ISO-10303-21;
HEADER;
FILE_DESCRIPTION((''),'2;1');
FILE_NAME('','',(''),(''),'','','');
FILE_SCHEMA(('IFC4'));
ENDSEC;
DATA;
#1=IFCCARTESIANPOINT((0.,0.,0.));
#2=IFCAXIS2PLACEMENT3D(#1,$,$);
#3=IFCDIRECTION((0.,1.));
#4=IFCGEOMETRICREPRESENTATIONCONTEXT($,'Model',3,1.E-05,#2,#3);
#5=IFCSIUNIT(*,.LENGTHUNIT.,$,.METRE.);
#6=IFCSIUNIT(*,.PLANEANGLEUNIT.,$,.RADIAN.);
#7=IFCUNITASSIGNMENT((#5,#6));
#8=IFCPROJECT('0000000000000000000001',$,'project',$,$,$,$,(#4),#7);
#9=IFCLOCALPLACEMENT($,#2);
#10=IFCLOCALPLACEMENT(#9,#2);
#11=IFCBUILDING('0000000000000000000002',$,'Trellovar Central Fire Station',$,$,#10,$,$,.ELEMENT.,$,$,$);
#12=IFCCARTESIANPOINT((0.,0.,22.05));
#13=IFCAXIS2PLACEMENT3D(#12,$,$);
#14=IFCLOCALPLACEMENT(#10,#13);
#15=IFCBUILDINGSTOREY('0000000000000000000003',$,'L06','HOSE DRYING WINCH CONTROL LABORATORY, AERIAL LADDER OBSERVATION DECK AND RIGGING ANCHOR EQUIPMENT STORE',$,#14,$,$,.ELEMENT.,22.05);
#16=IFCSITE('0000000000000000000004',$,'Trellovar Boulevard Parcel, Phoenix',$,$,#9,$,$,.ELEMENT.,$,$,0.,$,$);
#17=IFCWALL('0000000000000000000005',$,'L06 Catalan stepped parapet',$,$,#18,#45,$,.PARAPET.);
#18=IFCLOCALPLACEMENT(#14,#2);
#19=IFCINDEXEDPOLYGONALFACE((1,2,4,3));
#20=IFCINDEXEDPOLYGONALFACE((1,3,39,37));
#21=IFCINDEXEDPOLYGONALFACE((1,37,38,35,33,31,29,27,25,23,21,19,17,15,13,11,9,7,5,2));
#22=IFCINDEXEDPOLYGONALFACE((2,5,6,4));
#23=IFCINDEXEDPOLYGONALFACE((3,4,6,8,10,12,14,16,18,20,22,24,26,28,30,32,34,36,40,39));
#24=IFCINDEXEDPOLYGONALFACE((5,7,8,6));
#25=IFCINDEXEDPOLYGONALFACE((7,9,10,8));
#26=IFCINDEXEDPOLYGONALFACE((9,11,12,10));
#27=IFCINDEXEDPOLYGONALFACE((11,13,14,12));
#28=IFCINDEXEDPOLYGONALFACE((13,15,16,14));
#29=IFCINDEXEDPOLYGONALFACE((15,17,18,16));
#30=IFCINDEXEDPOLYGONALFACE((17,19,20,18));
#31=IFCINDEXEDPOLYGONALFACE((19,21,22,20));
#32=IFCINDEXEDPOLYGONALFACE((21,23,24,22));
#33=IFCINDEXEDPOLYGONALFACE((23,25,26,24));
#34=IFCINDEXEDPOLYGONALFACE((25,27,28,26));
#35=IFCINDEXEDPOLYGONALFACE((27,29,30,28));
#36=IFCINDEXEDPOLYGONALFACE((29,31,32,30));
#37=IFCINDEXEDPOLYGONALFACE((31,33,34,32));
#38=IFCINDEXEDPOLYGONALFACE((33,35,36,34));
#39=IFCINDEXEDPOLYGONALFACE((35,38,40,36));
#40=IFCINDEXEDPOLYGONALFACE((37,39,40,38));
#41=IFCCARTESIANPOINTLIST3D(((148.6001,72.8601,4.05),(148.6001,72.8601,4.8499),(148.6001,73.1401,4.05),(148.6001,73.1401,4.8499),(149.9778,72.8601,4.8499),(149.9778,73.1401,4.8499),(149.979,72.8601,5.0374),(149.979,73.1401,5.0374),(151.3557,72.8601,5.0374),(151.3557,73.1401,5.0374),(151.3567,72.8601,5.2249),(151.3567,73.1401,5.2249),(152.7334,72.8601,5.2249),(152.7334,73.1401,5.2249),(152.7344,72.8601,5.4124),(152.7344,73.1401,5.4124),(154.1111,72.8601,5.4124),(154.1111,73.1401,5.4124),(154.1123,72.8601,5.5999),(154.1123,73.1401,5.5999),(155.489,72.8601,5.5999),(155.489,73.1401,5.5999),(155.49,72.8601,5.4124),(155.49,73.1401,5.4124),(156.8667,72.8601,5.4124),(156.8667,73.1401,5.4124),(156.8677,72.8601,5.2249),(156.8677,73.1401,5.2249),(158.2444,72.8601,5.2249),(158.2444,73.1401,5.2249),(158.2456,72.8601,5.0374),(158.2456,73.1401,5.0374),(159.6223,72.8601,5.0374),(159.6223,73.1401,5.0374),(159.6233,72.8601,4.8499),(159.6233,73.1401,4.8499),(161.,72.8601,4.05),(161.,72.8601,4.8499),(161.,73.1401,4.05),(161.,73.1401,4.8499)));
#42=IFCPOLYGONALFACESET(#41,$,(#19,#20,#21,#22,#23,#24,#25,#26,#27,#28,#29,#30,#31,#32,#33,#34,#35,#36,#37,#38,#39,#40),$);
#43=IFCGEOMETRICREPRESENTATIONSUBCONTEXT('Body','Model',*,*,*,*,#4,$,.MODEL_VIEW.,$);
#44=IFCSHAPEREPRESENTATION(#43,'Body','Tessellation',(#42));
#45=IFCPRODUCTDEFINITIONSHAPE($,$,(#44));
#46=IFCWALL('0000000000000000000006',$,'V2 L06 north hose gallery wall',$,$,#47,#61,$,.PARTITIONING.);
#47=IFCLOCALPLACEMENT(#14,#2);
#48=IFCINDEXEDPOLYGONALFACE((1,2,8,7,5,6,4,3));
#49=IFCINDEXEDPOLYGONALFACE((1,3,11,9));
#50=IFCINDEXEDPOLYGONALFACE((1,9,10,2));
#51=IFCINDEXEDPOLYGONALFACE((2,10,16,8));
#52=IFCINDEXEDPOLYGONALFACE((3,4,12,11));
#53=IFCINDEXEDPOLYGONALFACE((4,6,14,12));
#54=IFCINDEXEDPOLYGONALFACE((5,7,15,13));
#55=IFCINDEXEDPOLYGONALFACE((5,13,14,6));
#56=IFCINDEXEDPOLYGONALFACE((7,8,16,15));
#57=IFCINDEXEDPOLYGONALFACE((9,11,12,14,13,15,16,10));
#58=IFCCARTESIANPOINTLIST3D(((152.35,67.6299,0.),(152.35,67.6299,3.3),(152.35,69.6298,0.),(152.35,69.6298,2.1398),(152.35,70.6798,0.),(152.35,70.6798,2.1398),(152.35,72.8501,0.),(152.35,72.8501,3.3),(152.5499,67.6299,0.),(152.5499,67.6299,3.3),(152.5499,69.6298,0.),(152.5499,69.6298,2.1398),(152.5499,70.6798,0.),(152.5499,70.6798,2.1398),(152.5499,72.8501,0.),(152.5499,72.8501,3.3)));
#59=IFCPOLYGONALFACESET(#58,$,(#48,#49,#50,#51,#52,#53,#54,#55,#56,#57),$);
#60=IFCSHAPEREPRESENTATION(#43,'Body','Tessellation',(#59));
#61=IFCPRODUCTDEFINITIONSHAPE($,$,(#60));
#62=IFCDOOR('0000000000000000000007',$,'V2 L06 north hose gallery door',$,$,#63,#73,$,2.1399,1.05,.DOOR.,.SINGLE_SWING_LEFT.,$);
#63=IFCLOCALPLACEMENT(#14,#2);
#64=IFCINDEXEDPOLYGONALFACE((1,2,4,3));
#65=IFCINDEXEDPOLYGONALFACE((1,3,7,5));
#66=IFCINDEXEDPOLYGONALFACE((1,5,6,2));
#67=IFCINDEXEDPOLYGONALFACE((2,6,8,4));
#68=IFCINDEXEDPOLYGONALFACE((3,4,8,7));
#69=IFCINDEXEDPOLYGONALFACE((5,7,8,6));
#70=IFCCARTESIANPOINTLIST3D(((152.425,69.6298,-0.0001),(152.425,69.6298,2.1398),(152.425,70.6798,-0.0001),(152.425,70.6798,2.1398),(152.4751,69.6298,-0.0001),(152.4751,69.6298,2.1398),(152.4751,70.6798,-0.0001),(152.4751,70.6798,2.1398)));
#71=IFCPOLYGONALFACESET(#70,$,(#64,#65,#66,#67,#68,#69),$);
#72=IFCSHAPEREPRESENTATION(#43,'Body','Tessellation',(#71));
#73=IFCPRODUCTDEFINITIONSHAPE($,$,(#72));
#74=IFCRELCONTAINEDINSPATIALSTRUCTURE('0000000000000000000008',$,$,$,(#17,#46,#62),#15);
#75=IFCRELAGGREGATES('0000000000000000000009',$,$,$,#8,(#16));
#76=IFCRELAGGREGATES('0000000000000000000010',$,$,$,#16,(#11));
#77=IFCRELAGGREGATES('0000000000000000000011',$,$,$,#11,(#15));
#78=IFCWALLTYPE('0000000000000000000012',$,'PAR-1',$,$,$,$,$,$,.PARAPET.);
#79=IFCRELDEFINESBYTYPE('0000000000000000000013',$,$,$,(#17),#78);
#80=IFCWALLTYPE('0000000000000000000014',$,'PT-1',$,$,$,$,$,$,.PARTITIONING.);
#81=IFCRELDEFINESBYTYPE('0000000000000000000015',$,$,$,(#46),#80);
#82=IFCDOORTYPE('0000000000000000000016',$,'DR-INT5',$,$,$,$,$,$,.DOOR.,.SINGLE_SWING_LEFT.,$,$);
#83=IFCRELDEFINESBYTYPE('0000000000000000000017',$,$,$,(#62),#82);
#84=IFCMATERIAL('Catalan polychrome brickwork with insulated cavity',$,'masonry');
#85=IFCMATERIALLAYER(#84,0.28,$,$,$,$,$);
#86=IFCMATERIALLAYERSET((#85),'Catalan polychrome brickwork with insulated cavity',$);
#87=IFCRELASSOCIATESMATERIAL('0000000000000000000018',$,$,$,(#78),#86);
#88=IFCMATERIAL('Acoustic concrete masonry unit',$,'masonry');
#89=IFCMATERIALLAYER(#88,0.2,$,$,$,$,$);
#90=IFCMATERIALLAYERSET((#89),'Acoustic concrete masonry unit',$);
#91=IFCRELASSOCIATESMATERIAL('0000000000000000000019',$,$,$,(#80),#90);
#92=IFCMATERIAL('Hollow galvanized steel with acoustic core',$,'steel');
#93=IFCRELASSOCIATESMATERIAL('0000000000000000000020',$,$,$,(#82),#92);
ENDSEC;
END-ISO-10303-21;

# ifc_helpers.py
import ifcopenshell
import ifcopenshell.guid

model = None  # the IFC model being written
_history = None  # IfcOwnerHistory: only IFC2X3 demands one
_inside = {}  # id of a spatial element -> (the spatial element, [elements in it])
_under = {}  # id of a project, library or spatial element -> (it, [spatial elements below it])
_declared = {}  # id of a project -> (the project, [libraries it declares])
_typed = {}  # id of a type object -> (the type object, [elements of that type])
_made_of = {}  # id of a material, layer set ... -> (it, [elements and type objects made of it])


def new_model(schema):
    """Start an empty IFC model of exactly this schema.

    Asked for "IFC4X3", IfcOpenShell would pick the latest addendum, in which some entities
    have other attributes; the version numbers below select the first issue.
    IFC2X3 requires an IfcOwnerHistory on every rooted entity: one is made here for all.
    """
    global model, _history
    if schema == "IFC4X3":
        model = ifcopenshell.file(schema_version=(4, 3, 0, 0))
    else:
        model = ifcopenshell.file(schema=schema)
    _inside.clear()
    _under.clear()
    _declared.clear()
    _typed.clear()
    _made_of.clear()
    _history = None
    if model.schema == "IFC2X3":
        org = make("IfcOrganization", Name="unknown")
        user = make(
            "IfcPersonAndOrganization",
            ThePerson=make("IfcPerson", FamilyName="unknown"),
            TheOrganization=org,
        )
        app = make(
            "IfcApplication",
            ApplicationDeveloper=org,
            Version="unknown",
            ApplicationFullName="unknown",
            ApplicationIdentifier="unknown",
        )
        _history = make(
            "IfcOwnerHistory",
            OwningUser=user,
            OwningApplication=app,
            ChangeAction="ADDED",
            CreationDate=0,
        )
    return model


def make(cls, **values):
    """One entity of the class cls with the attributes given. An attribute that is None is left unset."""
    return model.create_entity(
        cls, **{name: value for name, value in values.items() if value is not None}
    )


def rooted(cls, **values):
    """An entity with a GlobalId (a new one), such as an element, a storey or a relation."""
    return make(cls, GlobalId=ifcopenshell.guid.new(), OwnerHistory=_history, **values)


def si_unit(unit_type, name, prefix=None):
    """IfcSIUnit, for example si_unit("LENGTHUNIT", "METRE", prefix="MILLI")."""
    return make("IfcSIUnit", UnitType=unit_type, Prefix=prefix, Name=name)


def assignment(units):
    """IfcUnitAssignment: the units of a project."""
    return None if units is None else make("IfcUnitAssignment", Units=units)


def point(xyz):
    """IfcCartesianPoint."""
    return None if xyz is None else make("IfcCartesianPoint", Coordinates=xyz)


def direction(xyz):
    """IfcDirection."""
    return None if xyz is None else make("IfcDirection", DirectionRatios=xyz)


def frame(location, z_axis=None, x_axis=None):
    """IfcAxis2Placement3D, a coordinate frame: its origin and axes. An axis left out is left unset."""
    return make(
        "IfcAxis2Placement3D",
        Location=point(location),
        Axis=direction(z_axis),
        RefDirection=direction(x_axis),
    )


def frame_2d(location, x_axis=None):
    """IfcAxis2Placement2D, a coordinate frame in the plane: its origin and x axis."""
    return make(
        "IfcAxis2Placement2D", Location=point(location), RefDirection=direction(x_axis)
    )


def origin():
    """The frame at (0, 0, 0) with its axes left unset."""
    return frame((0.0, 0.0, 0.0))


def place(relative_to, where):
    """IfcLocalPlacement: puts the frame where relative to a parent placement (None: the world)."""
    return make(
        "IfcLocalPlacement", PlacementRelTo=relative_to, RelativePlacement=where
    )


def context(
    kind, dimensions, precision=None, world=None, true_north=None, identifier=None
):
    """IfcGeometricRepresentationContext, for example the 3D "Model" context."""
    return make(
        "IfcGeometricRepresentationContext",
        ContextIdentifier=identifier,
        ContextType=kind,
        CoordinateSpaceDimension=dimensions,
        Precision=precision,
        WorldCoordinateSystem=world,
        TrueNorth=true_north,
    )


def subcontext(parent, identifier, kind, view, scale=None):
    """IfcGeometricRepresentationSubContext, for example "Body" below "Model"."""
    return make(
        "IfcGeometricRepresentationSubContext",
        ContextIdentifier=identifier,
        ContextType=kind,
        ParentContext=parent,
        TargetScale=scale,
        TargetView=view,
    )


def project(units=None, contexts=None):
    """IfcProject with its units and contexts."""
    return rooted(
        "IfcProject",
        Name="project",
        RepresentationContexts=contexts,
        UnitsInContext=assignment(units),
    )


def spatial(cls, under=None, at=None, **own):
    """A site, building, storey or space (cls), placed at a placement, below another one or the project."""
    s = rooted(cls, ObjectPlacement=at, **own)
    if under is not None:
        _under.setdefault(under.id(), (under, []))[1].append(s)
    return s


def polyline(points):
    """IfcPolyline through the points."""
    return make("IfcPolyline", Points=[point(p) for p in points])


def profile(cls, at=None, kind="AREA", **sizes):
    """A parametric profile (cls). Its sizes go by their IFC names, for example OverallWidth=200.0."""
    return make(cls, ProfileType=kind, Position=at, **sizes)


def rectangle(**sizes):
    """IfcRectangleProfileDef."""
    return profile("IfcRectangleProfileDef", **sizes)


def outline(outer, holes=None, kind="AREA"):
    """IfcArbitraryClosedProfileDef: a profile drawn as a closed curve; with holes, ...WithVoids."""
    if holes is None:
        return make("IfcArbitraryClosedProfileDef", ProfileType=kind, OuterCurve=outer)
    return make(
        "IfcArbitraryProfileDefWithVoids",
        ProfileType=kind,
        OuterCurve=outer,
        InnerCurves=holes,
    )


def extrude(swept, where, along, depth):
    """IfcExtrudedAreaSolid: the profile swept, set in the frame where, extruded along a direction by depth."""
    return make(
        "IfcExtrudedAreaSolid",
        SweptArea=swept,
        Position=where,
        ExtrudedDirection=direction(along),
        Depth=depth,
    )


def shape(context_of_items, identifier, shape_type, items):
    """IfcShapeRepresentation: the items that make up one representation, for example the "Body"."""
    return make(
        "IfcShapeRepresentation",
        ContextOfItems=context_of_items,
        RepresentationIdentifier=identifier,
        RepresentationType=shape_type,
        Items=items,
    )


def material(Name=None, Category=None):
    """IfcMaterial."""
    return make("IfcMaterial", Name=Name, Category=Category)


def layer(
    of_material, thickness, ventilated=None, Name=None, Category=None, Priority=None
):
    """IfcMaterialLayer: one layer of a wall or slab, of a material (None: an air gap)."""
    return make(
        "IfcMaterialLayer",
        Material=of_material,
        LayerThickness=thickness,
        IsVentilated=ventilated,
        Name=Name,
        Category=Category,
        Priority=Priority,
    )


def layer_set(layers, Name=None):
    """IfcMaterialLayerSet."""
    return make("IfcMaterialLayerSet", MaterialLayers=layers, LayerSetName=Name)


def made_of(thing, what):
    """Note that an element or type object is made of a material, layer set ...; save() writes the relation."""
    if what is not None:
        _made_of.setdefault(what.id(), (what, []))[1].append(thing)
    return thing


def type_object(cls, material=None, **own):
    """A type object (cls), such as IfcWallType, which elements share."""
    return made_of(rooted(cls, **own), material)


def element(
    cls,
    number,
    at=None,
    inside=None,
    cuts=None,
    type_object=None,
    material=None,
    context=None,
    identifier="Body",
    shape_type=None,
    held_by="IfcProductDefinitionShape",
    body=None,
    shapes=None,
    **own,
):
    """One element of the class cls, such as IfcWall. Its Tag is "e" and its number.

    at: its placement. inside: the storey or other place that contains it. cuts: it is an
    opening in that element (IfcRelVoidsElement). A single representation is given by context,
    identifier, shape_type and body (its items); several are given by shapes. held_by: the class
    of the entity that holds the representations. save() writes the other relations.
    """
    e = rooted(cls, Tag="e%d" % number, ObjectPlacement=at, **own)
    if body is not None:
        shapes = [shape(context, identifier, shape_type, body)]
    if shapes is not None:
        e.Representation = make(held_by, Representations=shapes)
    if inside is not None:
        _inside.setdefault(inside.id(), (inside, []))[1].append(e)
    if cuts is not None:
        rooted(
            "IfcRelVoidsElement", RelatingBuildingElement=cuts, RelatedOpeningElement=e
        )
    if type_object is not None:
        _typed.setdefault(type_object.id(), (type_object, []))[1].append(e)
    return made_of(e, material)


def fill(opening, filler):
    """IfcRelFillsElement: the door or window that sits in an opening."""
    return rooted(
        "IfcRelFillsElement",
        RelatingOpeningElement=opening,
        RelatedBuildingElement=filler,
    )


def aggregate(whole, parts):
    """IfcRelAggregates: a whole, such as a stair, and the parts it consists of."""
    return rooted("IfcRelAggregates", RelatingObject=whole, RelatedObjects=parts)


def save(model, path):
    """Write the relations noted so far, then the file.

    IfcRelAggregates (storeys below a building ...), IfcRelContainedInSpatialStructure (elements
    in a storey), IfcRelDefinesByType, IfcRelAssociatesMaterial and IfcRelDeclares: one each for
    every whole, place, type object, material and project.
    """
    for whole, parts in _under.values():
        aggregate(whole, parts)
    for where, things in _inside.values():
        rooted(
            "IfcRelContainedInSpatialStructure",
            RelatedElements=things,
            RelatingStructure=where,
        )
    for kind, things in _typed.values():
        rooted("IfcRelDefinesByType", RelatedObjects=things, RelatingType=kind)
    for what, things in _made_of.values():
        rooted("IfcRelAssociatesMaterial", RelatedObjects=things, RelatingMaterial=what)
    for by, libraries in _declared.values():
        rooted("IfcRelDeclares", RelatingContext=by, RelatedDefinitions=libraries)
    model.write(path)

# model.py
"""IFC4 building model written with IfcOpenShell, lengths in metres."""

from ifc_helpers import new_model, si_unit, direction, frame, frame_2d, origin, place, context, subcontext, project, spatial, polyline, rectangle, outline, extrude, material, layer, layer_set, type_object, element, fill, save


model = new_model("IFC4")

# Units and contexts
model_context = context("Model", 3, precision=1e-05, world=origin(), true_north=direction((0.0, 1.0)))
body_context = subcontext(model_context, "Body", "Model", "MODEL_VIEW")
ifc_project = project(units=[si_unit("LENGTHUNIT", "METRE"), si_unit("PLANEANGLEUNIT", "RADIAN")], contexts=[model_context])

# Site, building, storey
site_placement = place(None, origin())
site = spatial("IfcSite", under=ifc_project, at=site_placement, Name="Trellovar Boulevard Parcel, Phoenix", CompositionType="ELEMENT", RefElevation=0.0)
building_placement = place(site_placement, origin())
building = spatial("IfcBuilding", under=site, at=building_placement, Name="Trellovar Central Fire Station", CompositionType="ELEMENT")
storey_placement = place(building_placement, frame((0.0, 0.0, 22.05)))
storey = spatial("IfcBuildingStorey", under=building, at=storey_placement, Name="L06", Description="HOSE DRYING WINCH CONTROL LABORATORY, AERIAL LADDER OBSERVATION DECK AND RIGGING ANCHOR EQUIPMENT STORE", CompositionType="ELEMENT", Elevation=22.05)

# Wall
ifc_material_1 = material(Name="Catalan polychrome brickwork with insulated cavity", Category="masonry")
ifc_layer_1 = layer(ifc_material_1, 0.28)
ifc_layer_set_1 = layer_set([ifc_layer_1], Name="Catalan polychrome brickwork with insulated cavity")
wall_type_1 = type_object("IfcWallType", Name="PAR-1", PredefinedType="PARAPET", material=ifc_layer_set_1)
wall_1_placement = place(storey_placement, frame((148.6001, 73.0, 4.05), z_axis=(0.0, 0.0, 1.0), x_axis=(1.0, 0.0, 0.0)))
element("IfcWall", 1, at=wall_1_placement, inside=storey, type_object=wall_type_1, Name="L06 Catalan stepped parapet", PredefinedType="PARAPET", context=body_context, shape_type="SweptSolid", body=[
    extrude(outline(polyline([(0.0, 0.0), (12.3999, 0.0), (12.3999, 0.7998), (11.0232, 0.7998), (11.0222, 0.9873), (9.6455, 0.9873), (9.6443, 1.1748), (8.2676, 1.1748), (8.2666, 1.3623), (6.8899, 1.3623), (6.8889, 1.5498), (5.5122, 1.5498), (5.511, 1.3623), (4.1343, 1.3623), (4.1333, 1.1748), (2.7566, 1.1748), (2.7556, 0.9873), (1.3789, 0.9873), (1.3777, 0.7998), (0.0, 0.7998), (0.0, 0.0)])), frame((0.0, 0.1401, 0.0), z_axis=(0.0, -1.0, 0.0), x_axis=(1.0, 0.0, 0.0)), (0.0, 0.0, 1.0), 0.28),
])

# Wall, opening, door
ifc_material_2 = material(Name="Acoustic concrete masonry unit", Category="masonry")
ifc_layer_2 = layer(ifc_material_2, 0.2)
ifc_layer_set_2 = layer_set([ifc_layer_2], Name="Acoustic concrete masonry unit")
wall_type_2 = type_object("IfcWallType", Name="PT-1", PredefinedType="PARTITIONING", material=ifc_layer_set_2)
wall_2_placement = place(storey_placement, frame((152.45, 67.6299, 0.0), z_axis=(0.0, 0.0, 1.0), x_axis=(0.0, 1.0, 0.0)))
wall_2 = element("IfcWall", 2, at=wall_2_placement, inside=storey, type_object=wall_type_2, Name="V2 L06 north hose gallery wall", PredefinedType="PARTITIONING", context=body_context, shape_type="SweptSolid", body=[
    extrude(rectangle(XDim=5.2202, YDim=0.2, at=frame_2d((2.6101, 0.0))), origin(), (0.0, 0.0, 1.0), 3.3),
])
opening_1_placement = place(wall_2_placement, frame((2.0, 0.0, 0.0)))
opening_1 = element("IfcOpeningElement", 3, at=opening_1_placement, cuts=wall_2, PredefinedType="OPENING", context=body_context, shape_type="SweptSolid", body=[
    extrude(rectangle(XDim=1.05, YDim=2.1399, at=frame_2d((0.5249, 1.0698))), frame((0.0, 0.1099, 0.0), z_axis=(0.0, -1.0, 0.0), x_axis=(1.0, 0.0, 0.0)), (0.0, 0.0, 1.0), 0.22),
])
ifc_material_3 = material(Name="Hollow galvanized steel with acoustic core", Category="steel")
door_type_1 = type_object("IfcDoorType", Name="DR-INT5", OperationType="SINGLE_SWING_LEFT", PredefinedType="DOOR", material=ifc_material_3)
door_1_placement = place(opening_1_placement, origin())
door_1 = element("IfcDoor", 4, at=door_1_placement, inside=storey, type_object=door_type_1, Name="V2 L06 north hose gallery door", OperationType="SINGLE_SWING_LEFT", OverallHeight=2.1399, OverallWidth=1.05, PredefinedType="DOOR", context=body_context, shape_type="SweptSolid", body=[
    extrude(rectangle(XDim=1.05, YDim=2.1399, at=frame_2d((0.5249, 1.0698))), frame((0.0, 0.0249, 0.0), z_axis=(0.0, -1.0, 0.0), x_axis=(1.0, 0.0, 0.0)), (0.0, 0.0, 1.0), 0.05),
])
fill(opening_1, door_1)

save(model, "model.ifc")
